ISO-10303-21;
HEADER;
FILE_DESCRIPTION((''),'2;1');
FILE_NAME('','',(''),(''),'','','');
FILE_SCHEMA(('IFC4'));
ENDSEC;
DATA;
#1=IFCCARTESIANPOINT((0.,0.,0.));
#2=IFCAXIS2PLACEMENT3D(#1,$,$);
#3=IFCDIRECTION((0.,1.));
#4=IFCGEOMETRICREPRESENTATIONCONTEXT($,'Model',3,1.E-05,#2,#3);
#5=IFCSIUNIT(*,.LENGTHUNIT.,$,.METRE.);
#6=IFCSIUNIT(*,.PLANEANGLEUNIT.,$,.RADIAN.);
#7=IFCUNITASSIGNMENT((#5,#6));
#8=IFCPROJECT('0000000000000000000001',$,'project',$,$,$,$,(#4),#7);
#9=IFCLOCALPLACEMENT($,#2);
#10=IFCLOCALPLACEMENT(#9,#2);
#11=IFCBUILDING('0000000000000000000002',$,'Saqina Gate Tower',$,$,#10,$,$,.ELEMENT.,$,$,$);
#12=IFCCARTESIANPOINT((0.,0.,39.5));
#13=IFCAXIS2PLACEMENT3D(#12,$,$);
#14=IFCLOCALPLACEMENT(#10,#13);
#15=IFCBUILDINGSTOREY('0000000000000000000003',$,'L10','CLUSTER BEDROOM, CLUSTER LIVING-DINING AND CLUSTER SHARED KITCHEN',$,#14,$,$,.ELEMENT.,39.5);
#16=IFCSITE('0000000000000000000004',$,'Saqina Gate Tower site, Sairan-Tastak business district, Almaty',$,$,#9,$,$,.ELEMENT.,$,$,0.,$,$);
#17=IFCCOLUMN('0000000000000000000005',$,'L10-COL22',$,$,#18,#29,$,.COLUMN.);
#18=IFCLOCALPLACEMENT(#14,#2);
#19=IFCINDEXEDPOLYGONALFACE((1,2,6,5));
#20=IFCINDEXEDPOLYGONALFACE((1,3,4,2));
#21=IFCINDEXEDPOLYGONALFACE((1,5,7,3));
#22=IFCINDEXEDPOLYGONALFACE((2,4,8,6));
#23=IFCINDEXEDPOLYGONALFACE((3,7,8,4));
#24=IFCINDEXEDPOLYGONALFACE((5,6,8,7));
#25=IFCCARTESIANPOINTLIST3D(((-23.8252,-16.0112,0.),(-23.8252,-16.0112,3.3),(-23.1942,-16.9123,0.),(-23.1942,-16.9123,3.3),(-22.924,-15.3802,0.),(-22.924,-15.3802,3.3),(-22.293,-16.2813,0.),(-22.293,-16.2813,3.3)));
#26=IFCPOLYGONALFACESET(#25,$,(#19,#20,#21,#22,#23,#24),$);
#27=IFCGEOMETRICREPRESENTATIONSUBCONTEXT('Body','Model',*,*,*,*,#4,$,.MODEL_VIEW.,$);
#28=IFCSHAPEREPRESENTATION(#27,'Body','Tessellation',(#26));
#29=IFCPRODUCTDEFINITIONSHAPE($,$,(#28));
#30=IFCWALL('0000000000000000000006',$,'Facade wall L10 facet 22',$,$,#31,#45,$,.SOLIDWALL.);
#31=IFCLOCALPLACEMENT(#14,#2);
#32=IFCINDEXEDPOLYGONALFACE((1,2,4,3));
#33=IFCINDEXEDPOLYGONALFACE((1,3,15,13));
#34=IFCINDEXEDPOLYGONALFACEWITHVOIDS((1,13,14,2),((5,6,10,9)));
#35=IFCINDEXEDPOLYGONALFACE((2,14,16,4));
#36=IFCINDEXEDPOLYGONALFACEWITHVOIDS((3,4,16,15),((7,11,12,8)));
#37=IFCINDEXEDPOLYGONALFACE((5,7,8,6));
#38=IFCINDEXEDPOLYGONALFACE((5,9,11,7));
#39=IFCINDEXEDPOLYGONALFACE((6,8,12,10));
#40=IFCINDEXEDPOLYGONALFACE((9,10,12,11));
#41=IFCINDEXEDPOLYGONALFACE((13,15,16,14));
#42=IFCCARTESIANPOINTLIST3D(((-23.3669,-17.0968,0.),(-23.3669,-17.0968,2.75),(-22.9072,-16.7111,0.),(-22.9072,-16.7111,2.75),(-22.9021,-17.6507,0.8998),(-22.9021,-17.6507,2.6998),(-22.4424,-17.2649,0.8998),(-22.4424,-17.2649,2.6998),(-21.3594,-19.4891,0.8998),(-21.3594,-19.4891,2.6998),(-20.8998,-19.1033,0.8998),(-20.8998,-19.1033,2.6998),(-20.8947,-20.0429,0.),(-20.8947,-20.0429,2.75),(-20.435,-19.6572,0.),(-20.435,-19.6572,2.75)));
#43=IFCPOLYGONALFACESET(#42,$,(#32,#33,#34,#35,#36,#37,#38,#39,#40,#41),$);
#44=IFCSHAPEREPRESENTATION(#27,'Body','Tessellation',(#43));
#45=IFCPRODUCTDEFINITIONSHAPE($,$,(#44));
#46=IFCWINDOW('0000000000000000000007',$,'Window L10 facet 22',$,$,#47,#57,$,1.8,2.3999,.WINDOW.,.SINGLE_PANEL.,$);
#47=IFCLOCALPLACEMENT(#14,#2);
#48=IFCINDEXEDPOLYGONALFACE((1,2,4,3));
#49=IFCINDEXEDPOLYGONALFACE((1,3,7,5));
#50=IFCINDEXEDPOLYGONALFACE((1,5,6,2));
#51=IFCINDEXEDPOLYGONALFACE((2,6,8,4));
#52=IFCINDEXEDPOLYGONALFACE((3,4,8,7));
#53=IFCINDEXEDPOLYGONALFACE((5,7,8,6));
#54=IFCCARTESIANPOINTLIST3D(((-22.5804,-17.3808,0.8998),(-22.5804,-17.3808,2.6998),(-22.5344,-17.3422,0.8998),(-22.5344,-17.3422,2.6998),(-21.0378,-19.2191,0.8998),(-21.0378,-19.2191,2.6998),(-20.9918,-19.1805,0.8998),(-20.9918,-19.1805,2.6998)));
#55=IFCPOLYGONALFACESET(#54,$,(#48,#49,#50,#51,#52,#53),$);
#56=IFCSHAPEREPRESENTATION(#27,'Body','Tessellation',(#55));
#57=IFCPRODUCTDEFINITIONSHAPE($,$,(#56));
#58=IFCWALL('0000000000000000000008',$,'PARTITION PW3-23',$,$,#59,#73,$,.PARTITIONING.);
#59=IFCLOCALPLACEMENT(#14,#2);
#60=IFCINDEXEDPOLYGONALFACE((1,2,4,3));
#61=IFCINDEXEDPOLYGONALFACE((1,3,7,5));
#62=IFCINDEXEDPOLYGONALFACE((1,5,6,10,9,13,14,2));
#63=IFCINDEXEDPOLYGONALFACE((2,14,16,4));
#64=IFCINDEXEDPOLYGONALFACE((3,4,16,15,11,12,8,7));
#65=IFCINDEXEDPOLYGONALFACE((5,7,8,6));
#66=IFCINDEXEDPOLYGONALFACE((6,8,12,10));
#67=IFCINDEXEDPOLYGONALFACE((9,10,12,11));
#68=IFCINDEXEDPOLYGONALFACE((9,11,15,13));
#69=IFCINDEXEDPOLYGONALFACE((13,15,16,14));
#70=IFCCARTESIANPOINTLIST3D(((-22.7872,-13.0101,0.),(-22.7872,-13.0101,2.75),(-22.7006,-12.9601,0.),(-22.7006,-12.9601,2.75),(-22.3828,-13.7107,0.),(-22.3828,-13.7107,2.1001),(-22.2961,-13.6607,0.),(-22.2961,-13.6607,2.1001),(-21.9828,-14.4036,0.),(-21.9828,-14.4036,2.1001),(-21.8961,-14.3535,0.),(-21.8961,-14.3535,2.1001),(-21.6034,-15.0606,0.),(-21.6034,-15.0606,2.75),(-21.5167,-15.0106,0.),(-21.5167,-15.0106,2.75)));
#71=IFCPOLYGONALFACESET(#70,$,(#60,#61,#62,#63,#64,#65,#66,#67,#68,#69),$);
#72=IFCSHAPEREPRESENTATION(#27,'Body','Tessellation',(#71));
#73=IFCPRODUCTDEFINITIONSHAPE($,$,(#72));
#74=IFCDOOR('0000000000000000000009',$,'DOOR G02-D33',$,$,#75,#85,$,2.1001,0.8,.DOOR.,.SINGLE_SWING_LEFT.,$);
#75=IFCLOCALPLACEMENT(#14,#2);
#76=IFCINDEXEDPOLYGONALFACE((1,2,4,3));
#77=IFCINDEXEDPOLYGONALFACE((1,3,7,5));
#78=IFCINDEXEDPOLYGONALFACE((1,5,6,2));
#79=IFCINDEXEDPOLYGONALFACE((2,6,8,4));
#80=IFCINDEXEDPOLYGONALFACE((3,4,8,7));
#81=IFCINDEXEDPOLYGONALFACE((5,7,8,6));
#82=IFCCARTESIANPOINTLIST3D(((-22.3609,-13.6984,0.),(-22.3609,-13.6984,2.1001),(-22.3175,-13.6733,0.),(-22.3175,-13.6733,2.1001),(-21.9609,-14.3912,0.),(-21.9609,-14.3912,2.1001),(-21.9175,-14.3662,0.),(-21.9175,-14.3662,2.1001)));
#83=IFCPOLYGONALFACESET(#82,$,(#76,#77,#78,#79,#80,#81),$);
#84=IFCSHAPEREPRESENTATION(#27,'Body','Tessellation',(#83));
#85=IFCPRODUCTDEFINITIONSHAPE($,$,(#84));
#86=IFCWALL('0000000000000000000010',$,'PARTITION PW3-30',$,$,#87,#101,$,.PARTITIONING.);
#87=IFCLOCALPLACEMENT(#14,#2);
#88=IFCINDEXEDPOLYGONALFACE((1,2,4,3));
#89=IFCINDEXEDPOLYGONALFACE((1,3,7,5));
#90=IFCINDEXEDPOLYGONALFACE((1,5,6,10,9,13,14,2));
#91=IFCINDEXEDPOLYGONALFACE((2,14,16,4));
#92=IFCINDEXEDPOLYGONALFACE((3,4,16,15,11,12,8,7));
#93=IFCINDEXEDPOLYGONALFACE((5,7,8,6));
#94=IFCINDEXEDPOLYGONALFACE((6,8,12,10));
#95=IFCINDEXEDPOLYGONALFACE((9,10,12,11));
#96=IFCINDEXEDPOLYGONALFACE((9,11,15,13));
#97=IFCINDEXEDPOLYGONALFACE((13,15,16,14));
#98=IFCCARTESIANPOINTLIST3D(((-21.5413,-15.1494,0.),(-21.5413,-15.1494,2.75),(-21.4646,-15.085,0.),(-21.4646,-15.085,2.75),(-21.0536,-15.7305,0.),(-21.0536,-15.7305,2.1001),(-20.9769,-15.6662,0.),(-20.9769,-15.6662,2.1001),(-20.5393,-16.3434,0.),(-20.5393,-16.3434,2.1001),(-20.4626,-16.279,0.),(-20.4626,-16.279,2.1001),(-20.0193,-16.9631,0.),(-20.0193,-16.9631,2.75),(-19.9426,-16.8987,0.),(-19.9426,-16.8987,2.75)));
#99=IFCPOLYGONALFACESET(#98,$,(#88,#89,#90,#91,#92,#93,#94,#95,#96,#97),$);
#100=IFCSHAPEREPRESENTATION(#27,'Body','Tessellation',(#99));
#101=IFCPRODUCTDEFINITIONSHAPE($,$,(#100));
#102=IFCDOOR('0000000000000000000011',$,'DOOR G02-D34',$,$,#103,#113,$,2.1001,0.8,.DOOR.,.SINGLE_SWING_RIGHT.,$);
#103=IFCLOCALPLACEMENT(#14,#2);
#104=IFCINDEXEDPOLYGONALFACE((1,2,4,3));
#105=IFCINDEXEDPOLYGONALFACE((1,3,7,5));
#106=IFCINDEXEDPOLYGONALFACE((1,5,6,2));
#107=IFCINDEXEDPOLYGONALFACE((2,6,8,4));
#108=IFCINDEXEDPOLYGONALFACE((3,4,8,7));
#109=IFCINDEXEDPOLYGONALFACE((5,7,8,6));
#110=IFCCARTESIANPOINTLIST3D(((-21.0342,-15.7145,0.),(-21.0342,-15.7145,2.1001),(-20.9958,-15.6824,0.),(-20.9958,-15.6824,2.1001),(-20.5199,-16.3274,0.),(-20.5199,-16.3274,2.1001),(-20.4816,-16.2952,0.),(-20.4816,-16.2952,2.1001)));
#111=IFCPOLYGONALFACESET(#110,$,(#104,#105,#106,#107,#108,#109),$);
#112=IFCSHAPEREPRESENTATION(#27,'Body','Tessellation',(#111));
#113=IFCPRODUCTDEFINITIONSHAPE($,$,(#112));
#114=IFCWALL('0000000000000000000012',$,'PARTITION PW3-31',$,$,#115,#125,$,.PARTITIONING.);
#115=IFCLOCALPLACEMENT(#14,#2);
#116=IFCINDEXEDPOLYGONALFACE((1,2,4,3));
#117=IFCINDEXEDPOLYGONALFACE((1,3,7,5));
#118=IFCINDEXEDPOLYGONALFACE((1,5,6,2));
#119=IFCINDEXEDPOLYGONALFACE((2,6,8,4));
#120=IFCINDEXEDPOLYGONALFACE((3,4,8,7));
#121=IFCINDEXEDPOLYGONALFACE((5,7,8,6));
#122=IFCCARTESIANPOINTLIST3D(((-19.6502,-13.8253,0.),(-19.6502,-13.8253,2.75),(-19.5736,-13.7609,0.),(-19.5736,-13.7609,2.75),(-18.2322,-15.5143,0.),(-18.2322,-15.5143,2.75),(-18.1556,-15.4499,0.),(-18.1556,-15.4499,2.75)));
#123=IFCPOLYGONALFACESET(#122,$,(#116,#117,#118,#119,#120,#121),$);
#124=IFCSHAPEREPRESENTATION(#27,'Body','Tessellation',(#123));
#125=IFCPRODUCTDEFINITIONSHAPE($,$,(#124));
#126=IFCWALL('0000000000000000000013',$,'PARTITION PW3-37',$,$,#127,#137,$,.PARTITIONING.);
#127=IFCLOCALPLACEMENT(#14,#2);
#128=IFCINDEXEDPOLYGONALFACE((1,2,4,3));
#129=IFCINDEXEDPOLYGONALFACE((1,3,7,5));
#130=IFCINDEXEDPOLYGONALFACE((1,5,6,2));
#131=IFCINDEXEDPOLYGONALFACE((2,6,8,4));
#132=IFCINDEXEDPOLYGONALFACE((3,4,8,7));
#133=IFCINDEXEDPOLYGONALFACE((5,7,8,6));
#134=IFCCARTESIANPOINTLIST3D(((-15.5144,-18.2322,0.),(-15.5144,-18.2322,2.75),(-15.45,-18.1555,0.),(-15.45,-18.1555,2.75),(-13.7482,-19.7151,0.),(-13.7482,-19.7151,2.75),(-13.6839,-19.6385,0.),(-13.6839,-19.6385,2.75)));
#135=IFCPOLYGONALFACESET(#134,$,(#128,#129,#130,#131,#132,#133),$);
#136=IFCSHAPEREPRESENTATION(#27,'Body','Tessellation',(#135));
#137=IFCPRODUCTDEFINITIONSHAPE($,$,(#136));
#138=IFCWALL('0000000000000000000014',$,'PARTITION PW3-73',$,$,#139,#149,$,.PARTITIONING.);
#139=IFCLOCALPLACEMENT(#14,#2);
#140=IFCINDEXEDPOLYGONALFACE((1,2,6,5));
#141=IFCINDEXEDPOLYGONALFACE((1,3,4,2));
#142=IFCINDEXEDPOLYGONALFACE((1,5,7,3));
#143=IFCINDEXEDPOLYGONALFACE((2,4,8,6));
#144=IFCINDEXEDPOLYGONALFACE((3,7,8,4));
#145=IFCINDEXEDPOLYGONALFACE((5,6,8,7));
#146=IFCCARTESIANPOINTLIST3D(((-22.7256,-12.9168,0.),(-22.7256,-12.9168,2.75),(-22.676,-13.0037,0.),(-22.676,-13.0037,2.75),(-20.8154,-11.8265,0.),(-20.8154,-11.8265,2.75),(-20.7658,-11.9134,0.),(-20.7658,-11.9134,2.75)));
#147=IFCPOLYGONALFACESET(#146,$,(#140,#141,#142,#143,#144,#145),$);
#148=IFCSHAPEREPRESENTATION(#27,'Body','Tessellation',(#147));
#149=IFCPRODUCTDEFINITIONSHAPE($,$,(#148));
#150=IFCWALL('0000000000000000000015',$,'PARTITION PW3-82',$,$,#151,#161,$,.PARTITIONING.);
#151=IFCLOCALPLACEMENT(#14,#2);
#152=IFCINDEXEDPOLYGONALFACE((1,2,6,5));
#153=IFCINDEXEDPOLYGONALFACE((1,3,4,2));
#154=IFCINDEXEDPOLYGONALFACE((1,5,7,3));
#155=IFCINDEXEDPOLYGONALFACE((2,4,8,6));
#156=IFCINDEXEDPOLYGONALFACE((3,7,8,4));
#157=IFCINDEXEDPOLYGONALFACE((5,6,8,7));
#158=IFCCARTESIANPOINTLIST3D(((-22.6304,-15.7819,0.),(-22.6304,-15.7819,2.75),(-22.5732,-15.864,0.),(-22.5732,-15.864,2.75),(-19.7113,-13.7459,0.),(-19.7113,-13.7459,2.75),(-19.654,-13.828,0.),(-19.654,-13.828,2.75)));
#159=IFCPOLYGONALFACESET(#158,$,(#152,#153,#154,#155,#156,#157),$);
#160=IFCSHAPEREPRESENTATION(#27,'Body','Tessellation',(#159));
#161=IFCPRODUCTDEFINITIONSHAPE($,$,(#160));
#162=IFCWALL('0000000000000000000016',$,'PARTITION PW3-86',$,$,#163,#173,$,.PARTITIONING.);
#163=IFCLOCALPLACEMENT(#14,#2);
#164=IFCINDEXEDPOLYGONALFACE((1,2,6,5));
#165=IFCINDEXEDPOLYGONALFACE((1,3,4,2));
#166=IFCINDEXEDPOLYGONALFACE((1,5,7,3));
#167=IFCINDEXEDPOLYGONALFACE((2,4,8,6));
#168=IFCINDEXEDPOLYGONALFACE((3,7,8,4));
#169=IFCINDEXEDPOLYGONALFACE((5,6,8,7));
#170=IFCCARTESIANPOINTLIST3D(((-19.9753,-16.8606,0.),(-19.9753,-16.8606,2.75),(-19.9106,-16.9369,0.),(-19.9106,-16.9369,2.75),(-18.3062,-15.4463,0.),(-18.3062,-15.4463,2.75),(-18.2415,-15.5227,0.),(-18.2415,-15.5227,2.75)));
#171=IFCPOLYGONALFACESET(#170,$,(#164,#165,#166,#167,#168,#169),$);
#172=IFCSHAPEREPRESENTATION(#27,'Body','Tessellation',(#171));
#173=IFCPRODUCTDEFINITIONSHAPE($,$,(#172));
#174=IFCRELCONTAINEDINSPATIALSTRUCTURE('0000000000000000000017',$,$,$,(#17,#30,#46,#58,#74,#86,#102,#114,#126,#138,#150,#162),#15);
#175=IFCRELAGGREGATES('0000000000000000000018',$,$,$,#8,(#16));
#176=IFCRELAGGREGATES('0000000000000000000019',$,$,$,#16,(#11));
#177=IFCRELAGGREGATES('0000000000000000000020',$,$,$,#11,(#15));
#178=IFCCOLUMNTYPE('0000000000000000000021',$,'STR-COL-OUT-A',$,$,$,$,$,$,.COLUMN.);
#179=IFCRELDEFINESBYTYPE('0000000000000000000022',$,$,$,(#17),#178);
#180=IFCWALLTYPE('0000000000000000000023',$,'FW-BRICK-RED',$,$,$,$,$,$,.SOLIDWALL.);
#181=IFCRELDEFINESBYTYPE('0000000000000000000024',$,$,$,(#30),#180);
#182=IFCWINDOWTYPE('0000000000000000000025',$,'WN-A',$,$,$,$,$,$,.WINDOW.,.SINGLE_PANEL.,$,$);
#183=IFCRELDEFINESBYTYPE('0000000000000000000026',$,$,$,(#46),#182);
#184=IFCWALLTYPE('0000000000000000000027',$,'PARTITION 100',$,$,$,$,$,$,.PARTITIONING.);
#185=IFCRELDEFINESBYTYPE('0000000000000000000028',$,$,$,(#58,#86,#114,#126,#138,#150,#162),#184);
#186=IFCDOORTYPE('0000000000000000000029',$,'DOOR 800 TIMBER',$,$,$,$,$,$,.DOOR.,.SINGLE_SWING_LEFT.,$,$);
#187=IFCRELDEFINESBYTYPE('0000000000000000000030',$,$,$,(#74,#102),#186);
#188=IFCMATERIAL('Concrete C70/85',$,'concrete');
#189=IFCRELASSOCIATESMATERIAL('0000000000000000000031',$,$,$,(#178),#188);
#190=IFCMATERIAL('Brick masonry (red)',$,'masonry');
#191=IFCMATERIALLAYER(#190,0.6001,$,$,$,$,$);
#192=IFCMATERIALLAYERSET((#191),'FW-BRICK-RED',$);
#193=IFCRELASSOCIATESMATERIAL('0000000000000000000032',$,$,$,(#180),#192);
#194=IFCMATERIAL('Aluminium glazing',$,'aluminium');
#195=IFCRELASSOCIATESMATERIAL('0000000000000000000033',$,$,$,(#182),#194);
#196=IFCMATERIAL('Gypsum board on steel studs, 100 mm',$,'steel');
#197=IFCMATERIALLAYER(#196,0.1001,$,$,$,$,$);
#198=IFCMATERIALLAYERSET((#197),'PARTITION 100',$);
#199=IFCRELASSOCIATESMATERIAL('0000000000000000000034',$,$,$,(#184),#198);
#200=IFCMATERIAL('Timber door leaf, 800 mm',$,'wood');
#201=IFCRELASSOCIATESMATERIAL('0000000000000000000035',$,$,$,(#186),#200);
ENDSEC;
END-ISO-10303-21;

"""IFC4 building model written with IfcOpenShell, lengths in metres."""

from ifc_helpers import new_model, si_unit, direction, frame, frame_2d, origin, origin_2d, place, context, subcontext, project, spatial, rectangle, extrude, material, layer, layer_set, material_profile, profile_set, type_object, element, fill, save


model = new_model("IFC4")

# Units and contexts
model_context = context("Model", 3, precision=1e-05, world=origin(), true_north=direction((0.0, 1.0)))
body_context = subcontext(model_context, "Body", "Model", "MODEL_VIEW")
ifc_project = project(units=[si_unit("LENGTHUNIT", "METRE"), si_unit("PLANEANGLEUNIT", "RADIAN")], contexts=[model_context])

# Site, building, storey
site_placement = place(None, origin())
site = spatial("IfcSite", under=ifc_project, at=site_placement, Name="Saqina Gate Tower site, Sairan-Tastak business district, Almaty", CompositionType="ELEMENT", RefElevation=0.0)
building_placement = place(site_placement, origin())
building = spatial("IfcBuilding", under=site, at=building_placement, Name="Saqina Gate Tower", CompositionType="ELEMENT")
storey_placement = place(building_placement, frame((0.0, 0.0, 39.5)))
storey = spatial("IfcBuildingStorey", under=building, at=storey_placement, Name="L10", Description="CLUSTER BEDROOM, CLUSTER LIVING-DINING AND CLUSTER SHARED KITCHEN", CompositionType="ELEMENT", Elevation=39.5)

# Column
ifc_material_1 = material(Name="Concrete C70/85", Category="concrete")
ifc_material_profile = material_profile(ifc_material_1, rectangle(XDim=1.1001, YDim=1.1001, at=origin_2d()), Name="RC 1100x1100")
ifc_profile_set = profile_set([ifc_material_profile], Name="Concrete C70/85")
column_type = type_object("IfcColumnType", Name="STR-COL-OUT-A", PredefinedType="COLUMN", material=ifc_profile_set)
column_placement = place(storey_placement, frame((-23.0591, -16.1462, 0.0), z_axis=(0.0, 0.0, 1.0), x_axis=(-0.819152, -0.573576, 0.0)))
element("IfcColumn", 1, at=column_placement, inside=storey, type_object=column_type, Name="L10-COL22", PredefinedType="COLUMN", context=body_context, shape_type="SweptSolid", body=[
    extrude(rectangle(XDim=1.1001, YDim=1.1001, at=origin_2d()), origin(), (0.0, 0.0, 1.0), 3.3),
])

# Wall, opening, window
ifc_material_2 = material(Name="Brick masonry (red)", Category="masonry")
ifc_layer_1 = layer(ifc_material_2, 0.6001)
ifc_layer_set_1 = layer_set([ifc_layer_1], Name="FW-BRICK-RED")
wall_type_1 = type_object("IfcWallType", Name="FW-BRICK-RED", PredefinedType="SOLIDWALL", material=ifc_layer_set_1)
wall_1_placement = place(storey_placement, frame((-23.137, -16.9041, 0.0), z_axis=(0.0, 0.0, 1.0), x_axis=(0.642809, -0.766026, 0.0)))
wall_1 = element("IfcWall", 2, at=wall_1_placement, inside=storey, type_object=wall_type_1, Name="Facade wall L10 facet 22", PredefinedType="SOLIDWALL", context=body_context, shape_type="SweptSolid", body=[
    extrude(rectangle(XDim=3.8459, YDim=0.6001, at=frame_2d((1.9229, 0.0))), origin(), (0.0, 0.0, 1.0), 2.75),
])
opening_1_placement = place(wall_1_placement, frame((0.7229, 0.0, 0.8999)))
opening_1 = element("IfcOpeningElement", 3, at=opening_1_placement, cuts=wall_1, PredefinedType="OPENING", context=body_context, shape_type="SweptSolid", body=[
    extrude(rectangle(XDim=2.3999, YDim=1.8, at=frame_2d((1.2, 0.8999))), frame((0.0, 0.312, 0.0), z_axis=(0.0, -1.0, 0.0), x_axis=(1.0, 0.0, 0.0)), (0.0, 0.0, 1.0), 0.624),
])
ifc_material_3 = material(Name="Aluminium glazing", Category="aluminium")
window_type = type_object("IfcWindowType", Name="WN-A", PartitioningType="SINGLE_PANEL", PredefinedType="WINDOW", material=ifc_material_3)
window_placement = place(opening_1_placement, origin())
window = element("IfcWindow", 4, at=window_placement, inside=storey, type_object=window_type, Name="Window L10 facet 22", OverallHeight=1.8, OverallWidth=2.3999, PartitioningType="SINGLE_PANEL", PredefinedType="WINDOW", context=body_context, shape_type="SweptSolid", body=[
    extrude(rectangle(XDim=2.3999, YDim=1.8, at=frame_2d((1.2, 0.8999))), frame((0.0, 0.1799, 0.0), z_axis=(0.0, -1.0, 0.0), x_axis=(1.0, 0.0, 0.0)), (0.0, 0.0, 1.0), 0.0601),
])
fill(opening_1, window)

# Walls, openings, doors
ifc_material_4 = material(Name="Gypsum board on steel studs, 100 mm", Category="steel")
ifc_layer_2 = layer(ifc_material_4, 0.1001)
ifc_layer_set_2 = layer_set([ifc_layer_2], Name="PARTITION 100")
wall_type_2 = type_object("IfcWallType", Name="PARTITION 100", PredefinedType="PARTITIONING", material=ifc_layer_set_2)
wall_2_placement = place(storey_placement, frame((-22.7439, -12.9851, 0.0), z_axis=(0.0, 0.0, 1.0), x_axis=(0.499987, -0.866033, 0.0)))
wall_2 = element("IfcWall", 5, at=wall_2_placement, inside=storey, type_object=wall_type_2, Name="PARTITION PW3-23", PredefinedType="PARTITIONING", context=body_context, shape_type="SweptSolid", body=[
    extrude(rectangle(XDim=2.3677, YDim=0.1001, at=frame_2d((1.1838, 0.0))), origin(), (0.0, 0.0, 1.0), 2.75),
])
opening_2_placement = place(wall_2_placement, frame((0.8091, 0.0, 0.0)))
opening_2 = element("IfcOpeningElement", 6, at=opening_2_placement, cuts=wall_2, PredefinedType="OPENING", context=body_context, shape_type="SweptSolid", body=[
    extrude(rectangle(XDim=0.8, YDim=2.1001, at=frame_2d((0.3999, 1.05))), frame((0.0, 0.062, 0.0), z_axis=(0.0, -1.0, 0.0), x_axis=(1.0, 0.0, 0.0)), (0.0, 0.0, 1.0), 0.124),
])
ifc_material_5 = material(Name="Timber door leaf, 800 mm", Category="wood")
door_type_1 = type_object("IfcDoorType", Name="DOOR 800 TIMBER", OperationType="SINGLE_SWING_LEFT", PredefinedType="DOOR", material=ifc_material_5)
door_1_placement = place(opening_2_placement, frame((0.8, 0.0, 0.0), z_axis=(0.0, 0.0, 1.0), x_axis=(-1.0, 0.0, 0.0)))
door_1 = element("IfcDoor", 7, at=door_1_placement, inside=storey, type_object=door_type_1, Name="DOOR G02-D33", OperationType="SINGLE_SWING_LEFT", OverallHeight=2.1001, OverallWidth=0.8, PredefinedType="DOOR", context=body_context, shape_type="SweptSolid", body=[
    extrude(rectangle(XDim=0.8, YDim=2.1001, at=frame_2d((0.3999, 1.05))), frame((0.0, 0.0249, 0.0), z_axis=(0.0, -1.0, 0.0), x_axis=(1.0, 0.0, 0.0)), (0.0, 0.0, 1.0), 0.05),
])
fill(opening_2, door_1)
wall_3_placement = place(storey_placement, frame((-21.5029, -15.1172, 0.0), z_axis=(0.0, 0.0, 1.0), x_axis=(0.642808, -0.766028, 0.0)))
wall_3 = element("IfcWall", 8, at=wall_3_placement, inside=storey, type_object=wall_type_2, Name="PARTITION PW3-30", PredefinedType="PARTITIONING", context=body_context, shape_type="SweptSolid", body=[
    extrude(rectangle(XDim=2.3677, YDim=0.1001, at=frame_2d((1.1838, 0.0))), origin(), (0.0, 0.0, 1.0), 2.75),
])
opening_3_placement = place(wall_3_placement, frame((0.7588, 0.0, 0.0)))
opening_3 = element("IfcOpeningElement", 9, at=opening_3_placement, cuts=wall_3, PredefinedType="OPENING", context=body_context, shape_type="SweptSolid", body=[
    extrude(rectangle(XDim=0.8, YDim=2.1001, at=frame_2d((0.3999, 1.05))), frame((0.0, 0.062, 0.0), z_axis=(0.0, -1.0, 0.0), x_axis=(1.0, 0.0, 0.0)), (0.0, 0.0, 1.0), 0.124),
])
door_2_placement = place(opening_3_placement, frame((0.8, 0.0, 0.0), z_axis=(0.0, 0.0, 1.0), x_axis=(-1.0, 0.0, 0.0)))
door_2 = element("IfcDoor", 10, at=door_2_placement, inside=storey, type_object=door_type_1, Name="DOOR G02-D34", OperationType="SINGLE_SWING_RIGHT", OverallHeight=2.1001, OverallWidth=0.8, PredefinedType="DOOR", context=body_context, shape_type="SweptSolid", body=[
    extrude(rectangle(XDim=0.8, YDim=2.1001, at=frame_2d((0.3999, 1.05))), frame((0.0, 0.0249, 0.0), z_axis=(0.0, -1.0, 0.0), x_axis=(1.0, 0.0, 0.0)), (0.0, 0.0, 1.0), 0.05),
])
fill(opening_3, door_2)

# Walls
wall_4_placement = place(storey_placement, frame((-19.6118, -13.7932, 0.0), z_axis=(0.0, 0.0, 1.0), x_axis=(0.64299, -0.765875, 0.0)))
element("IfcWall", 11, at=wall_4_placement, inside=storey, type_object=wall_type_2, Name="PARTITION PW3-31", PredefinedType="PARTITIONING", context=body_context, shape_type="SweptSolid", body=[
    extrude(rectangle(XDim=2.2053, YDim=0.1001, at=frame_2d((1.1025, 0.0))), origin(), (0.0, 0.0, 1.0), 2.75),
])
wall_5_placement = place(storey_placement, frame((-15.4822, -18.1938, 0.0), z_axis=(0.0, 0.0, 1.0), x_axis=(0.765838, -0.643033, 0.0)))
element("IfcWall", 12, at=wall_5_placement, inside=storey, type_object=wall_type_2, Name="PARTITION PW3-37", PredefinedType="PARTITIONING", context=body_context, shape_type="SweptSolid", body=[
    extrude(rectangle(XDim=2.3062, YDim=0.1001, at=frame_2d((1.1531, 0.0))), origin(), (0.0, 0.0, 1.0), 2.75),
])
wall_6_placement = place(storey_placement, frame((-22.7007, -12.9602, 0.0), z_axis=(0.0, 0.0, 1.0), x_axis=(0.868475, 0.495732, 0.0)))
element("IfcWall", 13, at=wall_6_placement, inside=storey, type_object=wall_type_2, Name="PARTITION PW3-73", PredefinedType="PARTITIONING", context=body_context, shape_type="SweptSolid", body=[
    extrude(rectangle(XDim=2.1995, YDim=0.1001, at=frame_2d((1.0996, 0.0))), origin(), (0.0, 0.0, 1.0), 2.75),
])
wall_7_placement = place(storey_placement, frame((-22.6018, -15.823, 0.0), z_axis=(0.0, 0.0, 1.0), x_axis=(0.820194, 0.572085, 0.0)))
element("IfcWall", 14, at=wall_7_placement, inside=storey, type_object=wall_type_2, Name="PARTITION PW3-82", PredefinedType="PARTITIONING", context=body_context, shape_type="SweptSolid", body=[
    extrude(rectangle(XDim=3.5591, YDim=0.1001, at=frame_2d((1.7795, 0.0))), origin(), (0.0, 0.0, 1.0), 2.75),
])
wall_8_placement = place(storey_placement, frame((-19.9429, -16.8987, 0.0), z_axis=(0.0, 0.0, 1.0), x_axis=(0.762954, 0.646452, 0.0)))
element("IfcWall", 15, at=wall_8_placement, inside=storey, type_object=wall_type_2, Name="PARTITION PW3-86", PredefinedType="PARTITIONING", context=body_context, shape_type="SweptSolid", body=[
    extrude(rectangle(XDim=2.1877, YDim=0.1001, at=frame_2d((1.0938, 0.0))), origin(), (0.0, 0.0, 1.0), 2.75),
])

save(model, "model.ifc")
